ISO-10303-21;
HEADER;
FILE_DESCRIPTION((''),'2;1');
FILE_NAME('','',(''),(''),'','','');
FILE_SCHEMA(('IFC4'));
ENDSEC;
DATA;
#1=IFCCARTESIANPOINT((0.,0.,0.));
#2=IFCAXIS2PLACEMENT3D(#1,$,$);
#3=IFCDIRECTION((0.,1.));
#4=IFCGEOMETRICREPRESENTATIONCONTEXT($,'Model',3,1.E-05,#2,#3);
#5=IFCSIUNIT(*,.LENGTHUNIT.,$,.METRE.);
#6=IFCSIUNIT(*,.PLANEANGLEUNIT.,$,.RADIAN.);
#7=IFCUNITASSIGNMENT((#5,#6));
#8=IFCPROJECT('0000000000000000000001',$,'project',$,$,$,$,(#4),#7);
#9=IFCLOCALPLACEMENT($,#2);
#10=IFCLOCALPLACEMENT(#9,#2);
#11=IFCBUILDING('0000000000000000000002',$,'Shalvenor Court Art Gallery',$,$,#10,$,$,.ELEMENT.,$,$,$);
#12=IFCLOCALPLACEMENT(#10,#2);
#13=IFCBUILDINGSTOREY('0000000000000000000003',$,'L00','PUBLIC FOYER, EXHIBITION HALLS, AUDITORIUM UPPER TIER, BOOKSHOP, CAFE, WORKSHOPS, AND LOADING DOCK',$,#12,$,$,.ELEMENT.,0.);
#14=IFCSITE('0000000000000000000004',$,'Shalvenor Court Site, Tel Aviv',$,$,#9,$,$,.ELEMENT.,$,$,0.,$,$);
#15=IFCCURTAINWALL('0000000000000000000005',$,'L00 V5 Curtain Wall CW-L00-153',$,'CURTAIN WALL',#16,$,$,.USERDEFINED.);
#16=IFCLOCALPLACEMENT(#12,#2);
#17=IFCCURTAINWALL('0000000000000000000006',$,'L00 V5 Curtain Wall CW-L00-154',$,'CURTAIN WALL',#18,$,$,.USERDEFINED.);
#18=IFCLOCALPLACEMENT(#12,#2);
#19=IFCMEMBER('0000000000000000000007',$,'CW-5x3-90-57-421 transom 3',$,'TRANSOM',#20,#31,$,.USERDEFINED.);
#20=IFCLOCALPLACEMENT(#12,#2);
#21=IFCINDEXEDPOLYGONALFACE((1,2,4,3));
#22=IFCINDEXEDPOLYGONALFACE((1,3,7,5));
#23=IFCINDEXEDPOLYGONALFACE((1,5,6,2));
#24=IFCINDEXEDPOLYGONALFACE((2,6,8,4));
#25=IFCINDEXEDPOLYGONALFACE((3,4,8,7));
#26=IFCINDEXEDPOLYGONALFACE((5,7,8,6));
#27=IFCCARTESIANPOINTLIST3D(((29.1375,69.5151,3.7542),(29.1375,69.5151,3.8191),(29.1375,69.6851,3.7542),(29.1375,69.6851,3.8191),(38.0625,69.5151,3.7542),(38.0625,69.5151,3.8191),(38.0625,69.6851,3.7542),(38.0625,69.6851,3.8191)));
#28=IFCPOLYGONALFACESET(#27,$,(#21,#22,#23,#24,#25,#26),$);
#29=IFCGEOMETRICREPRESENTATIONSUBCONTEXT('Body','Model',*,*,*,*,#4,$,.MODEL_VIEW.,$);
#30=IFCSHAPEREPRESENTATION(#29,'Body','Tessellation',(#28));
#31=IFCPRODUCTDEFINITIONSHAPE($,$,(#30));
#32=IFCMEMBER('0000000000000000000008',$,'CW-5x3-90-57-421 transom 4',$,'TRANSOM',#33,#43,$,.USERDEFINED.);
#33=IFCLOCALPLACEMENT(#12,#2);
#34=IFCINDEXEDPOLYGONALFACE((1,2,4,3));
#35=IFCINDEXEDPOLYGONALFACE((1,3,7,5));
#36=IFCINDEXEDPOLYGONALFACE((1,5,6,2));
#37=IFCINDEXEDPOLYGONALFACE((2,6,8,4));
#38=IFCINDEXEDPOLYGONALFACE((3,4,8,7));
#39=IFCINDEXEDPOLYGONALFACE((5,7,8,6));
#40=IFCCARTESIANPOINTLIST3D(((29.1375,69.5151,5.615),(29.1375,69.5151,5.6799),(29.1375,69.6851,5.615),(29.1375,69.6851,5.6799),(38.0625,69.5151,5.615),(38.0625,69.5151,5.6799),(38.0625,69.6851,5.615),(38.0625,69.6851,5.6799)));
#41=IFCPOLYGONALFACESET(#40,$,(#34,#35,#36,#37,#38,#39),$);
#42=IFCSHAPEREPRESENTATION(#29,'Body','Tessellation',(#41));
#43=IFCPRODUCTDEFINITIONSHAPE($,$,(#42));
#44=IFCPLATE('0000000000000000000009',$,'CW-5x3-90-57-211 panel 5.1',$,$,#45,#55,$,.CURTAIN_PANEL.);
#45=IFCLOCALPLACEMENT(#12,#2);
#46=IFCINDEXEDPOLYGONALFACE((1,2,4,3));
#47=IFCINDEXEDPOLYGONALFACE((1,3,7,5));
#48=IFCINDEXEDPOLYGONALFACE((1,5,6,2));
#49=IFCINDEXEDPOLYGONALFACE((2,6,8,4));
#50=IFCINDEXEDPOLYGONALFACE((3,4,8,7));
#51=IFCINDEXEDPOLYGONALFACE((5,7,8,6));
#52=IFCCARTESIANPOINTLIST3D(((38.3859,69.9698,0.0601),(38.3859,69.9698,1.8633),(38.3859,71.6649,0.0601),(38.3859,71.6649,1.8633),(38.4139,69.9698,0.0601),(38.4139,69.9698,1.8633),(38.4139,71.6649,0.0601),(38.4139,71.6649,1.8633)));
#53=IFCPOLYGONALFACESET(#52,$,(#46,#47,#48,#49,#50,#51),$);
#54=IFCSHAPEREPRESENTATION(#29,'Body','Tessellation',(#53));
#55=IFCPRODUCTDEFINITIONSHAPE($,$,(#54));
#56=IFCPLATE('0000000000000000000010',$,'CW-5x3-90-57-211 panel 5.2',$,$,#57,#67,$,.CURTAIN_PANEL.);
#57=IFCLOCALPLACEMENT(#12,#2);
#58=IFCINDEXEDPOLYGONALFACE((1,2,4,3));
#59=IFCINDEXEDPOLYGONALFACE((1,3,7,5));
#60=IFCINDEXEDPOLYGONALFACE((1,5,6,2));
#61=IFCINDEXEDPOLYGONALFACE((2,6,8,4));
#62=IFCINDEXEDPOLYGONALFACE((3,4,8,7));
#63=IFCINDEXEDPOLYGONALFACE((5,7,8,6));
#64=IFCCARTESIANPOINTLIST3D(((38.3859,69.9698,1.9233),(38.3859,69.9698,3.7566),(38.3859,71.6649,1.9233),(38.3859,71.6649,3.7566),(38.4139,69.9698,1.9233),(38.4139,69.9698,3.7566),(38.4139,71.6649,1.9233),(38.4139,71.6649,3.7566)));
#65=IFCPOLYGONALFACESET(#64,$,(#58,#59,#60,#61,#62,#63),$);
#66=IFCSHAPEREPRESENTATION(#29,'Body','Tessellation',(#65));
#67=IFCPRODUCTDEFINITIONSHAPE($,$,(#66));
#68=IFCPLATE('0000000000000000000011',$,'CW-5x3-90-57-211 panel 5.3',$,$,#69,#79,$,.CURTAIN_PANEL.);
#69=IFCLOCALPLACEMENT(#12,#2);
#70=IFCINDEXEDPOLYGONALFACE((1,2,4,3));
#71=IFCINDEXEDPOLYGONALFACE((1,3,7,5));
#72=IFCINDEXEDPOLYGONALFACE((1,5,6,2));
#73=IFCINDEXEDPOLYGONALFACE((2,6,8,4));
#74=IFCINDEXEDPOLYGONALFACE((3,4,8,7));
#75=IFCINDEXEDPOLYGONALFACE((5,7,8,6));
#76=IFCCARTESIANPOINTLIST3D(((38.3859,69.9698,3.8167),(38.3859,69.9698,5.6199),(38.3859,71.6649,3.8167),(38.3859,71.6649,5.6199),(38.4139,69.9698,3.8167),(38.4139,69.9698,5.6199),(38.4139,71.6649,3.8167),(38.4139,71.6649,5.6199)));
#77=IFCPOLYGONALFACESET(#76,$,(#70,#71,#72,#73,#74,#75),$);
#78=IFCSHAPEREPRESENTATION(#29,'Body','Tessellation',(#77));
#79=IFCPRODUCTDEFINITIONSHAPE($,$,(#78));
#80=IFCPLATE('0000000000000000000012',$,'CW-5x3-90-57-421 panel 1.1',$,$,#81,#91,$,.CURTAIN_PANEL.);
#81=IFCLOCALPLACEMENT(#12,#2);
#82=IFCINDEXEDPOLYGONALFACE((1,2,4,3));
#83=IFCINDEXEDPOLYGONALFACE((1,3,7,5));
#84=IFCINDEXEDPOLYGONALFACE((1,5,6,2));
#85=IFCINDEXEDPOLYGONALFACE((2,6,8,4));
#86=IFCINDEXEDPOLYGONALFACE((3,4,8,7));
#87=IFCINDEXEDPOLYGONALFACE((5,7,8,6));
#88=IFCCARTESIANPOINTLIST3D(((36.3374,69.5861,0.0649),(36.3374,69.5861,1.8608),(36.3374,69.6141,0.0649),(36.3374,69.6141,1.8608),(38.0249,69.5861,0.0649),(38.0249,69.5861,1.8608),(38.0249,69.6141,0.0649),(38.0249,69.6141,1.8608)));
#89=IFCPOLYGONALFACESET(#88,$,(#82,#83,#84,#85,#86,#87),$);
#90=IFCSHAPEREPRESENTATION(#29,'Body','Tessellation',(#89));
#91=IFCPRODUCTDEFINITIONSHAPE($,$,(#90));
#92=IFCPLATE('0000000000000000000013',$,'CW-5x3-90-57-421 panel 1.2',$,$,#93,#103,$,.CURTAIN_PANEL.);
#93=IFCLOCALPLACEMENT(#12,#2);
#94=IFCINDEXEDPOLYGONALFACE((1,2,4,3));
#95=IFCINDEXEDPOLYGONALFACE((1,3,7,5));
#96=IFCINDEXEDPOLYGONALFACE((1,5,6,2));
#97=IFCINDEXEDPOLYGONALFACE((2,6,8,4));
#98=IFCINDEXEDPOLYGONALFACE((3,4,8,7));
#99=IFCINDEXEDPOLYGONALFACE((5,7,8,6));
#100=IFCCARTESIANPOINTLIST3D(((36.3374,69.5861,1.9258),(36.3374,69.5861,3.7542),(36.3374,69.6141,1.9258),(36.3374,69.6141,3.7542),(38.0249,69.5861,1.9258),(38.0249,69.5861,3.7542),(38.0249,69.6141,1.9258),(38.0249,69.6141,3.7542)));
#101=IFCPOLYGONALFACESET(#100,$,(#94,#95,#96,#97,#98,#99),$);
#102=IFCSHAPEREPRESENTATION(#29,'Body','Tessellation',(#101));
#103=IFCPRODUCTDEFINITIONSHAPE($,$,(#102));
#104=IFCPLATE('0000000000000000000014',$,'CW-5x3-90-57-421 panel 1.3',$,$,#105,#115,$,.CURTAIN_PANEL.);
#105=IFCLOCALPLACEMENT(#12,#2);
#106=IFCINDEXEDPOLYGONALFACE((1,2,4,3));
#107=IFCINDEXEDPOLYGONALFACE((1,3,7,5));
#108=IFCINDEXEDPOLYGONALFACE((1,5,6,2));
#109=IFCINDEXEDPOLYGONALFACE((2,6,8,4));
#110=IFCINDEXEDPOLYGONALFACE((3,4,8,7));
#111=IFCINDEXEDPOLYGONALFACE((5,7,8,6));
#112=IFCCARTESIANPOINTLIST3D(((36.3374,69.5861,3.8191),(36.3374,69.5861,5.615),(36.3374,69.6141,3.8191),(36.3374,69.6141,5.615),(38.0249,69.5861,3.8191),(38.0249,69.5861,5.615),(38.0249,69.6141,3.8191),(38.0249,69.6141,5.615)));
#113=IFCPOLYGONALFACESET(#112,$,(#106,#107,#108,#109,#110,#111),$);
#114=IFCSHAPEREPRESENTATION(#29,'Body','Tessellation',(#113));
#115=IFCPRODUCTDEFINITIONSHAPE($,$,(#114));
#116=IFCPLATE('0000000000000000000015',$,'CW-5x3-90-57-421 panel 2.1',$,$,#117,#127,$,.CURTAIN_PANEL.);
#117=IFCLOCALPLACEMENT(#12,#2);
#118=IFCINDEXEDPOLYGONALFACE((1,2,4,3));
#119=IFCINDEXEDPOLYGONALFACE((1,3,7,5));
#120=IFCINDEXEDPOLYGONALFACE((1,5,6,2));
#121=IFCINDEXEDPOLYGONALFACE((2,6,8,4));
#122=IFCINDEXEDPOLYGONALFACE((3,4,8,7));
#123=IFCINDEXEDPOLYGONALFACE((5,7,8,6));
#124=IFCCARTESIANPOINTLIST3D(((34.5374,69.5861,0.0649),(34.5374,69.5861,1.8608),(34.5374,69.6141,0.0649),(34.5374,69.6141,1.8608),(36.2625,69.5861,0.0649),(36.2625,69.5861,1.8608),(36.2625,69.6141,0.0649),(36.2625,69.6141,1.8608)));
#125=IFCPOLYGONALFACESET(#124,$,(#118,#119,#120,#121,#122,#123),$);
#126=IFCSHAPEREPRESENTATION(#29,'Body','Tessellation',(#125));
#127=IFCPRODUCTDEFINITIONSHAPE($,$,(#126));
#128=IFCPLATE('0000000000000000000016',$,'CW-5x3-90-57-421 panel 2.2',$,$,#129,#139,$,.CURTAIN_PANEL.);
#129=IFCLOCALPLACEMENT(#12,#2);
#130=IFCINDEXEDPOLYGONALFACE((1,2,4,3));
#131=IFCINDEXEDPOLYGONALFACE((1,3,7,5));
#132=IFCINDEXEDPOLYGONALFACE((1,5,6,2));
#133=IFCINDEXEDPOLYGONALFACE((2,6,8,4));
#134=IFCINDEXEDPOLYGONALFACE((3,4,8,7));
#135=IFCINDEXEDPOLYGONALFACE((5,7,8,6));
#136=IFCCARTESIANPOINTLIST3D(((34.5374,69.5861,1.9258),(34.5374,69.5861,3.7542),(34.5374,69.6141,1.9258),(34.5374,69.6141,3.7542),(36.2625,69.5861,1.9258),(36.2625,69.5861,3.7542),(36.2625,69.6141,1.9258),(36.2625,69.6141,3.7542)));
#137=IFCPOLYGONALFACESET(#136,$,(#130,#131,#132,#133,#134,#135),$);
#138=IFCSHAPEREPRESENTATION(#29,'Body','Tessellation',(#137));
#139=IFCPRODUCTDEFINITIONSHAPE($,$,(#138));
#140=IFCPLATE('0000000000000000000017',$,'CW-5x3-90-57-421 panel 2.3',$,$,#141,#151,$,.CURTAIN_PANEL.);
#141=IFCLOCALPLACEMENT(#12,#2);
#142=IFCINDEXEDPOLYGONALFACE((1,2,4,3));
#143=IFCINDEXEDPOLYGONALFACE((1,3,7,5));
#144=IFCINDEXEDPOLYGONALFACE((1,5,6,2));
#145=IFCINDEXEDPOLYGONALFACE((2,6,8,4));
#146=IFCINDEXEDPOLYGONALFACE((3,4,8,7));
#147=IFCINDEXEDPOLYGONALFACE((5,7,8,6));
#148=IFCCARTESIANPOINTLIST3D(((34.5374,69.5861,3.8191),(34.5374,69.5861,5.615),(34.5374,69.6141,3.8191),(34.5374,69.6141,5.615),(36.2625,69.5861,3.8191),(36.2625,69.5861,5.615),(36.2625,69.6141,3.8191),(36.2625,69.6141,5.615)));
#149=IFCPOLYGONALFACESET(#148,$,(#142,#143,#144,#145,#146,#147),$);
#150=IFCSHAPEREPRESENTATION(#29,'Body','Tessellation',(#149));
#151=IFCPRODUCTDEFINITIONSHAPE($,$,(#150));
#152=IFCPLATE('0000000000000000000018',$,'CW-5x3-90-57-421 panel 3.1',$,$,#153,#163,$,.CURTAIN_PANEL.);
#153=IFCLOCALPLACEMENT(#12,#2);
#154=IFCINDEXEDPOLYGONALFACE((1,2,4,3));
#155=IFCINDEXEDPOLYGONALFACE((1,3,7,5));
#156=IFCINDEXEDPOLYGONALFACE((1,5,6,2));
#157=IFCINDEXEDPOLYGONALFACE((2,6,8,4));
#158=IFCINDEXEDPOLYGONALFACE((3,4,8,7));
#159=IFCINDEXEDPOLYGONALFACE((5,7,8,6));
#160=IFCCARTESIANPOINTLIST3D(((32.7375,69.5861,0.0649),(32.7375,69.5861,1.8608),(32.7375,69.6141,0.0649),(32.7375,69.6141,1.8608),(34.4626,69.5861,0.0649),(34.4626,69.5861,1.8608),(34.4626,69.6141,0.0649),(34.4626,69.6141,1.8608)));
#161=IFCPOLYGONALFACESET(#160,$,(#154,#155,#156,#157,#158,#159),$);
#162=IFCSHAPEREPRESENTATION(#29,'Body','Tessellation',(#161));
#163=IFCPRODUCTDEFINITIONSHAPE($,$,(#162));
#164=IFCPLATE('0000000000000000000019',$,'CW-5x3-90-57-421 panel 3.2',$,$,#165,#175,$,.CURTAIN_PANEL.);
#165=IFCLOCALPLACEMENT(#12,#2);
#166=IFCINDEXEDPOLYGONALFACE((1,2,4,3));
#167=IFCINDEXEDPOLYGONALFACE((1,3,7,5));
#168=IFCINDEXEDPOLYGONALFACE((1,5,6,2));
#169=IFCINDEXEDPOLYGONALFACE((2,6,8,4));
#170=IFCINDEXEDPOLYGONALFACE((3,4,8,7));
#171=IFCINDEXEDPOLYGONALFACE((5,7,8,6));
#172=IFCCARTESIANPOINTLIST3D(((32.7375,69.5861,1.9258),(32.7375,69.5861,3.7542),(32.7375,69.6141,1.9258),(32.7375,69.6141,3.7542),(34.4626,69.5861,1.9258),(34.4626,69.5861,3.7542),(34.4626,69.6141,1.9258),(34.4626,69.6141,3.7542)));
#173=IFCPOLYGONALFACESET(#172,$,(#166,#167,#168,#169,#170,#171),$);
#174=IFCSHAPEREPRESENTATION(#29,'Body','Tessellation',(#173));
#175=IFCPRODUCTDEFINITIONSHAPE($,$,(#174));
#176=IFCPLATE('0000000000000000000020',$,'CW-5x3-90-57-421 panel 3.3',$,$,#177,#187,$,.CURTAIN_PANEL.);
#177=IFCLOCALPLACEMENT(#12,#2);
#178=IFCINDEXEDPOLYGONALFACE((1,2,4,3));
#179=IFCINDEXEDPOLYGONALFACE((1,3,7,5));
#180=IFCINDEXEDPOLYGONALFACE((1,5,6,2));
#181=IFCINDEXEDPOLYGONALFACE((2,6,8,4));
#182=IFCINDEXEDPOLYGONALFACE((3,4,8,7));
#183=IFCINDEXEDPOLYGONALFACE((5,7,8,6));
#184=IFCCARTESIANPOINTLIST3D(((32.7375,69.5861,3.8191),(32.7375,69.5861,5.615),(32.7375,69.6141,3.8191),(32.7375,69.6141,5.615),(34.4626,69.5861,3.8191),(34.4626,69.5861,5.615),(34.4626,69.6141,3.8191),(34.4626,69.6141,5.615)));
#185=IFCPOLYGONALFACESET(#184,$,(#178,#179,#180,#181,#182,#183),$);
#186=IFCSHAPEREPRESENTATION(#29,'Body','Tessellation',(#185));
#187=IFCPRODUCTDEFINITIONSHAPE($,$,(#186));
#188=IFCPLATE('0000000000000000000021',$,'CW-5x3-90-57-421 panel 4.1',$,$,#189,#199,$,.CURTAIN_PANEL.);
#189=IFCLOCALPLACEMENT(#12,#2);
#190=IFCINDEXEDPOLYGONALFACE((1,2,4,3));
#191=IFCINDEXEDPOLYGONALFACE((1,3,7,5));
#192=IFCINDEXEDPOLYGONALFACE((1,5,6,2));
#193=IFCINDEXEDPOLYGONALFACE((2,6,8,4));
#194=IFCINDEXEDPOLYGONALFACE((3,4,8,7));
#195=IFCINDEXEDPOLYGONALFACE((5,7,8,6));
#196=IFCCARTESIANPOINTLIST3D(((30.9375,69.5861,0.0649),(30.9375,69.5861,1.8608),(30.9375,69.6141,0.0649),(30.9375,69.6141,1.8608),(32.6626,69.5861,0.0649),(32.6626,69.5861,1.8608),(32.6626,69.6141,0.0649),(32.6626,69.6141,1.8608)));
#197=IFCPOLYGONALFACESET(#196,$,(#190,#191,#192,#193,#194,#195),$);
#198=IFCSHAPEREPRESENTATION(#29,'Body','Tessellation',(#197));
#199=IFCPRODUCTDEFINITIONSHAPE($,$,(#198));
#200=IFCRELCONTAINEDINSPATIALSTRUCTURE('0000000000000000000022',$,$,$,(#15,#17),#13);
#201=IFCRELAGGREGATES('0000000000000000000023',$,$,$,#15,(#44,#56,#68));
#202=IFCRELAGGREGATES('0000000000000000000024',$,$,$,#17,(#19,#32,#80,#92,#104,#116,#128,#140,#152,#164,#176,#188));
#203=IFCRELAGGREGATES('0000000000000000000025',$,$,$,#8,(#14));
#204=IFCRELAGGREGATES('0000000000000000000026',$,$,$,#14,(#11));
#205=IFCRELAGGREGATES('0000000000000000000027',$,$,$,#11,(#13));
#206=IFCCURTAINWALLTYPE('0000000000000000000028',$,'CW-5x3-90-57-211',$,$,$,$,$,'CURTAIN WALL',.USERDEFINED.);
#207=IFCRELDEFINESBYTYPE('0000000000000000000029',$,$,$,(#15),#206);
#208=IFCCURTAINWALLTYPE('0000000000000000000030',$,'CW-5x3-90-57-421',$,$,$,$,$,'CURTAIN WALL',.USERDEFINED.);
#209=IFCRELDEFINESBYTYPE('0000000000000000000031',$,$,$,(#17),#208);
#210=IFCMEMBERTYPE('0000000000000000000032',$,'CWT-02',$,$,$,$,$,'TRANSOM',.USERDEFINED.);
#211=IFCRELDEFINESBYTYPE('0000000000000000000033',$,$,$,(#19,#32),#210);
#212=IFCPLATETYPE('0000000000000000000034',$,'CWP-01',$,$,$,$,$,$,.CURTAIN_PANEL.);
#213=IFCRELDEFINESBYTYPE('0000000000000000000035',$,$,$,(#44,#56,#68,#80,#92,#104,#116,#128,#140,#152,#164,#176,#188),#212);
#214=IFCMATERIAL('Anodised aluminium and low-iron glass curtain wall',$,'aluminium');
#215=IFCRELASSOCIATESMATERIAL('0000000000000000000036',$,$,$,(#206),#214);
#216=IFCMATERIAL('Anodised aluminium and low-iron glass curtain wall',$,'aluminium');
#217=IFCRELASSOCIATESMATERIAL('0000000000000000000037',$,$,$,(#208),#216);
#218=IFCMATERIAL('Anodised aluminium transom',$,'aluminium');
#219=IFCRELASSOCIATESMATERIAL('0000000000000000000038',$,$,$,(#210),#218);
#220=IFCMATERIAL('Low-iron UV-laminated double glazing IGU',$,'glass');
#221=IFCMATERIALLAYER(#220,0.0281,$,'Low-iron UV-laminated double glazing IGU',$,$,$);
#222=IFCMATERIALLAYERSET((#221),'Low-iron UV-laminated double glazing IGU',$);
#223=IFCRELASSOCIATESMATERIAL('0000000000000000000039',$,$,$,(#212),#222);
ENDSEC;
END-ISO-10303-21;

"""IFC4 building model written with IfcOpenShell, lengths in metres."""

from ifc_helpers import new_model, si_unit, direction, frame, origin, origin_2d, place, context, subcontext, project, spatial, rectangle, extrude, material, layer, layer_set, material_profile, profile_set, type_object, element, aggregate, save


model = new_model("IFC4")

# Units and contexts
model_context = context("Model", 3, precision=1e-05, world=origin(), true_north=direction((0.0, 1.0)))
body_context = subcontext(model_context, "Body", "Model", "MODEL_VIEW")
ifc_project = project(units=[si_unit("LENGTHUNIT", "METRE"), si_unit("PLANEANGLEUNIT", "RADIAN")], contexts=[model_context])

# Site, building, storey
site_placement = place(None, origin())
site = spatial("IfcSite", under=ifc_project, at=site_placement, Name="Shalvenor Court Site, Tel Aviv", CompositionType="ELEMENT", RefElevation=0.0)
building_placement = place(site_placement, origin())
building = spatial("IfcBuilding", under=site, at=building_placement, Name="Shalvenor Court Art Gallery", CompositionType="ELEMENT")
storey_placement = place(building_placement, origin())
storey = spatial("IfcBuildingStorey", under=building, at=storey_placement, Name="L00", Description="PUBLIC FOYER, EXHIBITION HALLS, AUDITORIUM UPPER TIER, BOOKSHOP, CAFE, WORKSHOPS, AND LOADING DOCK", CompositionType="ELEMENT", Elevation=0.0)

# Curtain wall
ifc_material_1 = material(Name="Anodised aluminium and low-iron glass curtain wall", Category="aluminium")
curtain_wall_type_1 = type_object("IfcCurtainWallType", Name="CW-5x3-90-57-211", ElementType="CURTAIN WALL", PredefinedType="USERDEFINED", material=ifc_material_1)
curtain_wall_1_placement = place(storey_placement, origin())
curtain_wall_1 = element("IfcCurtainWall", 1, at=curtain_wall_1_placement, inside=storey, type_object=curtain_wall_type_1, Name="L00 V5 Curtain Wall CW-L00-153", ObjectType="CURTAIN WALL", PredefinedType="USERDEFINED")

# Curtain wall, members
ifc_material_2 = material(Name="Anodised aluminium and low-iron glass curtain wall", Category="aluminium")
curtain_wall_type_2 = type_object("IfcCurtainWallType", Name="CW-5x3-90-57-421", ElementType="CURTAIN WALL", PredefinedType="USERDEFINED", material=ifc_material_2)
curtain_wall_2_placement = place(storey_placement, origin())
curtain_wall_2 = element("IfcCurtainWall", 2, at=curtain_wall_2_placement, inside=storey, type_object=curtain_wall_type_2, Name="L00 V5 Curtain Wall CW-L00-154", ObjectType="CURTAIN WALL", PredefinedType="USERDEFINED")
ifc_material_3 = material(Name="Anodised aluminium transom", Category="aluminium")
ifc_material_profile_1 = material_profile(ifc_material_3, rectangle(XDim=0.1699, YDim=0.0649, at=origin_2d()), Name="CWT-02")
ifc_profile_set_1 = profile_set([ifc_material_profile_1], Name="Anodised aluminium transom")
member_type_1 = type_object("IfcMemberType", Name="CWT-02", ElementType="TRANSOM", PredefinedType="USERDEFINED", material=ifc_profile_set_1)
member_1_placement = place(storey_placement, frame((38.0625, 69.6001, 3.7866), z_axis=(-1.0, 0.0, 0.0), x_axis=(0.0, -1.0, 0.0)))
member_1 = element("IfcMember", 3, at=member_1_placement, type_object=member_type_1, Name="CW-5x3-90-57-421 transom 3", ObjectType="TRANSOM", PredefinedType="USERDEFINED", context=body_context, shape_type="SweptSolid", body=[
    extrude(rectangle(XDim=0.1699, YDim=0.0649, at=origin_2d()), origin(), (0.0, 0.0, 1.0), 8.925),
])
member_2_placement = place(storey_placement, frame((38.0625, 69.6001, 5.6475), z_axis=(-1.0, 0.0, 0.0), x_axis=(0.0, -1.0, 0.0)))
member_2 = element("IfcMember", 4, at=member_2_placement, type_object=member_type_1, Name="CW-5x3-90-57-421 transom 4", ObjectType="TRANSOM", PredefinedType="USERDEFINED", context=body_context, shape_type="SweptSolid", body=[
    extrude(rectangle(XDim=0.1699, YDim=0.0649, at=origin_2d()), origin(), (0.0, 0.0, 1.0), 8.925),
])

# Plates
ifc_material_4 = material(Name="Low-iron UV-laminated double glazing IGU", Category="glass")
ifc_layer_1 = layer(ifc_material_4, 0.0281, Name="Low-iron UV-laminated double glazing IGU")
ifc_layer_set_1 = layer_set([ifc_layer_1], Name="Low-iron UV-laminated double glazing IGU")
plate_type = type_object("IfcPlateType", Name="CWP-01", PredefinedType="CURTAIN_PANEL", material=ifc_layer_set_1)
plate_1_placement = place(storey_placement, frame((38.3999, 70.8174, 0.0601), z_axis=(0.0, 0.0, 1.0), x_axis=(0.0, -1.0, 0.0)))
plate_1 = element("IfcPlate", 5, at=plate_1_placement, type_object=plate_type, Name="CW-5x3-90-57-211 panel 5.1", PredefinedType="CURTAIN_PANEL", context=body_context, shape_type="SweptSolid", body=[
    extrude(rectangle(XDim=1.6951, YDim=0.0281, at=origin_2d()), origin(), (0.0, 0.0, 1.0), 1.8032),
])
plate_2_placement = place(storey_placement, frame((38.3999, 70.8174, 1.9233), z_axis=(0.0, 0.0, 1.0), x_axis=(0.0, -1.0, 0.0)))
plate_2 = element("IfcPlate", 6, at=plate_2_placement, type_object=plate_type, Name="CW-5x3-90-57-211 panel 5.2", PredefinedType="CURTAIN_PANEL", context=body_context, shape_type="SweptSolid", body=[
    extrude(rectangle(XDim=1.6951, YDim=0.0281, at=origin_2d()), origin(), (0.0, 0.0, 1.0), 1.8333),
])
plate_3_placement = place(storey_placement, frame((38.3999, 70.8174, 3.8167), z_axis=(0.0, 0.0, 1.0), x_axis=(0.0, -1.0, 0.0)))
plate_3 = element("IfcPlate", 7, at=plate_3_placement, type_object=plate_type, Name="CW-5x3-90-57-211 panel 5.3", PredefinedType="CURTAIN_PANEL", context=body_context, shape_type="SweptSolid", body=[
    extrude(rectangle(XDim=1.6951, YDim=0.0281, at=origin_2d()), origin(), (0.0, 0.0, 1.0), 1.8032),
])
aggregate(curtain_wall_1, [plate_1, plate_2, plate_3])
plate_4_placement = place(storey_placement, frame((37.1812, 69.6001, 0.0649), z_axis=(0.0, 0.0, 1.0), x_axis=(-1.0, 0.0, 0.0)))
plate_4 = element("IfcPlate", 8, at=plate_4_placement, type_object=plate_type, Name="CW-5x3-90-57-421 panel 1.1", PredefinedType="CURTAIN_PANEL", context=body_context, shape_type="SweptSolid", body=[
    extrude(rectangle(XDim=1.6875, YDim=0.0281, at=origin_2d()), origin(), (0.0, 0.0, 1.0), 1.7959),
])
plate_5_placement = place(storey_placement, frame((37.1812, 69.6001, 1.9258), z_axis=(0.0, 0.0, 1.0), x_axis=(-1.0, 0.0, 0.0)))
plate_5 = element("IfcPlate", 9, at=plate_5_placement, type_object=plate_type, Name="CW-5x3-90-57-421 panel 1.2", PredefinedType="CURTAIN_PANEL", context=body_context, shape_type="SweptSolid", body=[
    extrude(rectangle(XDim=1.6875, YDim=0.0281, at=origin_2d()), origin(), (0.0, 0.0, 1.0), 1.8284),
])
plate_6_placement = place(storey_placement, frame((37.1812, 69.6001, 3.8191), z_axis=(0.0, 0.0, 1.0), x_axis=(-1.0, 0.0, 0.0)))
plate_6 = element("IfcPlate", 10, at=plate_6_placement, type_object=plate_type, Name="CW-5x3-90-57-421 panel 1.3", PredefinedType="CURTAIN_PANEL", context=body_context, shape_type="SweptSolid", body=[
    extrude(rectangle(XDim=1.6875, YDim=0.0281, at=origin_2d()), origin(), (0.0, 0.0, 1.0), 1.7959),
])
plate_7_placement = place(storey_placement, frame((35.3999, 69.6001, 0.0649), z_axis=(0.0, 0.0, 1.0), x_axis=(-1.0, 0.0, 0.0)))
plate_7 = element("IfcPlate", 11, at=plate_7_placement, type_object=plate_type, Name="CW-5x3-90-57-421 panel 2.1", PredefinedType="CURTAIN_PANEL", context=body_context, shape_type="SweptSolid", body=[
    extrude(rectangle(XDim=1.7251, YDim=0.0281, at=origin_2d()), origin(), (0.0, 0.0, 1.0), 1.7959),
])
plate_8_placement = place(storey_placement, frame((35.3999, 69.6001, 1.9258), z_axis=(0.0, 0.0, 1.0), x_axis=(-1.0, 0.0, 0.0)))
plate_8 = element("IfcPlate", 12, at=plate_8_placement, type_object=plate_type, Name="CW-5x3-90-57-421 panel 2.2", PredefinedType="CURTAIN_PANEL", context=body_context, shape_type="SweptSolid", body=[
    extrude(rectangle(XDim=1.7251, YDim=0.0281, at=origin_2d()), origin(), (0.0, 0.0, 1.0), 1.8284),
])
plate_9_placement = place(storey_placement, frame((35.3999, 69.6001, 3.8191), z_axis=(0.0, 0.0, 1.0), x_axis=(-1.0, 0.0, 0.0)))
plate_9 = element("IfcPlate", 13, at=plate_9_placement, type_object=plate_type, Name="CW-5x3-90-57-421 panel 2.3", PredefinedType="CURTAIN_PANEL", context=body_context, shape_type="SweptSolid", body=[
    extrude(rectangle(XDim=1.7251, YDim=0.0281, at=origin_2d()), origin(), (0.0, 0.0, 1.0), 1.7959),
])
plate_10_placement = place(storey_placement, frame((33.6001, 69.6001, 0.0649), z_axis=(0.0, 0.0, 1.0), x_axis=(-1.0, 0.0, 0.0)))
plate_10 = element("IfcPlate", 14, at=plate_10_placement, type_object=plate_type, Name="CW-5x3-90-57-421 panel 3.1", PredefinedType="CURTAIN_PANEL", context=body_context, shape_type="SweptSolid", body=[
    extrude(rectangle(XDim=1.7251, YDim=0.0281, at=origin_2d()), origin(), (0.0, 0.0, 1.0), 1.7959),
])
plate_11_placement = place(storey_placement, frame((33.6001, 69.6001, 1.9258), z_axis=(0.0, 0.0, 1.0), x_axis=(-1.0, 0.0, 0.0)))
plate_11 = element("IfcPlate", 15, at=plate_11_placement, type_object=plate_type, Name="CW-5x3-90-57-421 panel 3.2", PredefinedType="CURTAIN_PANEL", context=body_context, shape_type="SweptSolid", body=[
    extrude(rectangle(XDim=1.7251, YDim=0.0281, at=origin_2d()), origin(), (0.0, 0.0, 1.0), 1.8284),
])
plate_12_placement = place(storey_placement, frame((33.6001, 69.6001, 3.8191), z_axis=(0.0, 0.0, 1.0), x_axis=(-1.0, 0.0, 0.0)))
plate_12 = element("IfcPlate", 16, at=plate_12_placement, type_object=plate_type, Name="CW-5x3-90-57-421 panel 3.3", PredefinedType="CURTAIN_PANEL", context=body_context, shape_type="SweptSolid", body=[
    extrude(rectangle(XDim=1.7251, YDim=0.0281, at=origin_2d()), origin(), (0.0, 0.0, 1.0), 1.7959),
])
plate_13_placement = place(storey_placement, frame((31.8, 69.6001, 0.0649), z_axis=(0.0, 0.0, 1.0), x_axis=(-1.0, 0.0, 0.0)))
plate_13 = element("IfcPlate", 17, at=plate_13_placement, type_object=plate_type, Name="CW-5x3-90-57-421 panel 4.1", PredefinedType="CURTAIN_PANEL", context=body_context, shape_type="SweptSolid", body=[
    extrude(rectangle(XDim=1.7251, YDim=0.0281, at=origin_2d()), origin(), (0.0, 0.0, 1.0), 1.7959),
])
aggregate(curtain_wall_2, [member_1, member_2, plate_4, plate_5, plate_6, plate_7, plate_8, plate_9, plate_10, plate_11, plate_12, plate_13])

save(model, "model.ifc")
